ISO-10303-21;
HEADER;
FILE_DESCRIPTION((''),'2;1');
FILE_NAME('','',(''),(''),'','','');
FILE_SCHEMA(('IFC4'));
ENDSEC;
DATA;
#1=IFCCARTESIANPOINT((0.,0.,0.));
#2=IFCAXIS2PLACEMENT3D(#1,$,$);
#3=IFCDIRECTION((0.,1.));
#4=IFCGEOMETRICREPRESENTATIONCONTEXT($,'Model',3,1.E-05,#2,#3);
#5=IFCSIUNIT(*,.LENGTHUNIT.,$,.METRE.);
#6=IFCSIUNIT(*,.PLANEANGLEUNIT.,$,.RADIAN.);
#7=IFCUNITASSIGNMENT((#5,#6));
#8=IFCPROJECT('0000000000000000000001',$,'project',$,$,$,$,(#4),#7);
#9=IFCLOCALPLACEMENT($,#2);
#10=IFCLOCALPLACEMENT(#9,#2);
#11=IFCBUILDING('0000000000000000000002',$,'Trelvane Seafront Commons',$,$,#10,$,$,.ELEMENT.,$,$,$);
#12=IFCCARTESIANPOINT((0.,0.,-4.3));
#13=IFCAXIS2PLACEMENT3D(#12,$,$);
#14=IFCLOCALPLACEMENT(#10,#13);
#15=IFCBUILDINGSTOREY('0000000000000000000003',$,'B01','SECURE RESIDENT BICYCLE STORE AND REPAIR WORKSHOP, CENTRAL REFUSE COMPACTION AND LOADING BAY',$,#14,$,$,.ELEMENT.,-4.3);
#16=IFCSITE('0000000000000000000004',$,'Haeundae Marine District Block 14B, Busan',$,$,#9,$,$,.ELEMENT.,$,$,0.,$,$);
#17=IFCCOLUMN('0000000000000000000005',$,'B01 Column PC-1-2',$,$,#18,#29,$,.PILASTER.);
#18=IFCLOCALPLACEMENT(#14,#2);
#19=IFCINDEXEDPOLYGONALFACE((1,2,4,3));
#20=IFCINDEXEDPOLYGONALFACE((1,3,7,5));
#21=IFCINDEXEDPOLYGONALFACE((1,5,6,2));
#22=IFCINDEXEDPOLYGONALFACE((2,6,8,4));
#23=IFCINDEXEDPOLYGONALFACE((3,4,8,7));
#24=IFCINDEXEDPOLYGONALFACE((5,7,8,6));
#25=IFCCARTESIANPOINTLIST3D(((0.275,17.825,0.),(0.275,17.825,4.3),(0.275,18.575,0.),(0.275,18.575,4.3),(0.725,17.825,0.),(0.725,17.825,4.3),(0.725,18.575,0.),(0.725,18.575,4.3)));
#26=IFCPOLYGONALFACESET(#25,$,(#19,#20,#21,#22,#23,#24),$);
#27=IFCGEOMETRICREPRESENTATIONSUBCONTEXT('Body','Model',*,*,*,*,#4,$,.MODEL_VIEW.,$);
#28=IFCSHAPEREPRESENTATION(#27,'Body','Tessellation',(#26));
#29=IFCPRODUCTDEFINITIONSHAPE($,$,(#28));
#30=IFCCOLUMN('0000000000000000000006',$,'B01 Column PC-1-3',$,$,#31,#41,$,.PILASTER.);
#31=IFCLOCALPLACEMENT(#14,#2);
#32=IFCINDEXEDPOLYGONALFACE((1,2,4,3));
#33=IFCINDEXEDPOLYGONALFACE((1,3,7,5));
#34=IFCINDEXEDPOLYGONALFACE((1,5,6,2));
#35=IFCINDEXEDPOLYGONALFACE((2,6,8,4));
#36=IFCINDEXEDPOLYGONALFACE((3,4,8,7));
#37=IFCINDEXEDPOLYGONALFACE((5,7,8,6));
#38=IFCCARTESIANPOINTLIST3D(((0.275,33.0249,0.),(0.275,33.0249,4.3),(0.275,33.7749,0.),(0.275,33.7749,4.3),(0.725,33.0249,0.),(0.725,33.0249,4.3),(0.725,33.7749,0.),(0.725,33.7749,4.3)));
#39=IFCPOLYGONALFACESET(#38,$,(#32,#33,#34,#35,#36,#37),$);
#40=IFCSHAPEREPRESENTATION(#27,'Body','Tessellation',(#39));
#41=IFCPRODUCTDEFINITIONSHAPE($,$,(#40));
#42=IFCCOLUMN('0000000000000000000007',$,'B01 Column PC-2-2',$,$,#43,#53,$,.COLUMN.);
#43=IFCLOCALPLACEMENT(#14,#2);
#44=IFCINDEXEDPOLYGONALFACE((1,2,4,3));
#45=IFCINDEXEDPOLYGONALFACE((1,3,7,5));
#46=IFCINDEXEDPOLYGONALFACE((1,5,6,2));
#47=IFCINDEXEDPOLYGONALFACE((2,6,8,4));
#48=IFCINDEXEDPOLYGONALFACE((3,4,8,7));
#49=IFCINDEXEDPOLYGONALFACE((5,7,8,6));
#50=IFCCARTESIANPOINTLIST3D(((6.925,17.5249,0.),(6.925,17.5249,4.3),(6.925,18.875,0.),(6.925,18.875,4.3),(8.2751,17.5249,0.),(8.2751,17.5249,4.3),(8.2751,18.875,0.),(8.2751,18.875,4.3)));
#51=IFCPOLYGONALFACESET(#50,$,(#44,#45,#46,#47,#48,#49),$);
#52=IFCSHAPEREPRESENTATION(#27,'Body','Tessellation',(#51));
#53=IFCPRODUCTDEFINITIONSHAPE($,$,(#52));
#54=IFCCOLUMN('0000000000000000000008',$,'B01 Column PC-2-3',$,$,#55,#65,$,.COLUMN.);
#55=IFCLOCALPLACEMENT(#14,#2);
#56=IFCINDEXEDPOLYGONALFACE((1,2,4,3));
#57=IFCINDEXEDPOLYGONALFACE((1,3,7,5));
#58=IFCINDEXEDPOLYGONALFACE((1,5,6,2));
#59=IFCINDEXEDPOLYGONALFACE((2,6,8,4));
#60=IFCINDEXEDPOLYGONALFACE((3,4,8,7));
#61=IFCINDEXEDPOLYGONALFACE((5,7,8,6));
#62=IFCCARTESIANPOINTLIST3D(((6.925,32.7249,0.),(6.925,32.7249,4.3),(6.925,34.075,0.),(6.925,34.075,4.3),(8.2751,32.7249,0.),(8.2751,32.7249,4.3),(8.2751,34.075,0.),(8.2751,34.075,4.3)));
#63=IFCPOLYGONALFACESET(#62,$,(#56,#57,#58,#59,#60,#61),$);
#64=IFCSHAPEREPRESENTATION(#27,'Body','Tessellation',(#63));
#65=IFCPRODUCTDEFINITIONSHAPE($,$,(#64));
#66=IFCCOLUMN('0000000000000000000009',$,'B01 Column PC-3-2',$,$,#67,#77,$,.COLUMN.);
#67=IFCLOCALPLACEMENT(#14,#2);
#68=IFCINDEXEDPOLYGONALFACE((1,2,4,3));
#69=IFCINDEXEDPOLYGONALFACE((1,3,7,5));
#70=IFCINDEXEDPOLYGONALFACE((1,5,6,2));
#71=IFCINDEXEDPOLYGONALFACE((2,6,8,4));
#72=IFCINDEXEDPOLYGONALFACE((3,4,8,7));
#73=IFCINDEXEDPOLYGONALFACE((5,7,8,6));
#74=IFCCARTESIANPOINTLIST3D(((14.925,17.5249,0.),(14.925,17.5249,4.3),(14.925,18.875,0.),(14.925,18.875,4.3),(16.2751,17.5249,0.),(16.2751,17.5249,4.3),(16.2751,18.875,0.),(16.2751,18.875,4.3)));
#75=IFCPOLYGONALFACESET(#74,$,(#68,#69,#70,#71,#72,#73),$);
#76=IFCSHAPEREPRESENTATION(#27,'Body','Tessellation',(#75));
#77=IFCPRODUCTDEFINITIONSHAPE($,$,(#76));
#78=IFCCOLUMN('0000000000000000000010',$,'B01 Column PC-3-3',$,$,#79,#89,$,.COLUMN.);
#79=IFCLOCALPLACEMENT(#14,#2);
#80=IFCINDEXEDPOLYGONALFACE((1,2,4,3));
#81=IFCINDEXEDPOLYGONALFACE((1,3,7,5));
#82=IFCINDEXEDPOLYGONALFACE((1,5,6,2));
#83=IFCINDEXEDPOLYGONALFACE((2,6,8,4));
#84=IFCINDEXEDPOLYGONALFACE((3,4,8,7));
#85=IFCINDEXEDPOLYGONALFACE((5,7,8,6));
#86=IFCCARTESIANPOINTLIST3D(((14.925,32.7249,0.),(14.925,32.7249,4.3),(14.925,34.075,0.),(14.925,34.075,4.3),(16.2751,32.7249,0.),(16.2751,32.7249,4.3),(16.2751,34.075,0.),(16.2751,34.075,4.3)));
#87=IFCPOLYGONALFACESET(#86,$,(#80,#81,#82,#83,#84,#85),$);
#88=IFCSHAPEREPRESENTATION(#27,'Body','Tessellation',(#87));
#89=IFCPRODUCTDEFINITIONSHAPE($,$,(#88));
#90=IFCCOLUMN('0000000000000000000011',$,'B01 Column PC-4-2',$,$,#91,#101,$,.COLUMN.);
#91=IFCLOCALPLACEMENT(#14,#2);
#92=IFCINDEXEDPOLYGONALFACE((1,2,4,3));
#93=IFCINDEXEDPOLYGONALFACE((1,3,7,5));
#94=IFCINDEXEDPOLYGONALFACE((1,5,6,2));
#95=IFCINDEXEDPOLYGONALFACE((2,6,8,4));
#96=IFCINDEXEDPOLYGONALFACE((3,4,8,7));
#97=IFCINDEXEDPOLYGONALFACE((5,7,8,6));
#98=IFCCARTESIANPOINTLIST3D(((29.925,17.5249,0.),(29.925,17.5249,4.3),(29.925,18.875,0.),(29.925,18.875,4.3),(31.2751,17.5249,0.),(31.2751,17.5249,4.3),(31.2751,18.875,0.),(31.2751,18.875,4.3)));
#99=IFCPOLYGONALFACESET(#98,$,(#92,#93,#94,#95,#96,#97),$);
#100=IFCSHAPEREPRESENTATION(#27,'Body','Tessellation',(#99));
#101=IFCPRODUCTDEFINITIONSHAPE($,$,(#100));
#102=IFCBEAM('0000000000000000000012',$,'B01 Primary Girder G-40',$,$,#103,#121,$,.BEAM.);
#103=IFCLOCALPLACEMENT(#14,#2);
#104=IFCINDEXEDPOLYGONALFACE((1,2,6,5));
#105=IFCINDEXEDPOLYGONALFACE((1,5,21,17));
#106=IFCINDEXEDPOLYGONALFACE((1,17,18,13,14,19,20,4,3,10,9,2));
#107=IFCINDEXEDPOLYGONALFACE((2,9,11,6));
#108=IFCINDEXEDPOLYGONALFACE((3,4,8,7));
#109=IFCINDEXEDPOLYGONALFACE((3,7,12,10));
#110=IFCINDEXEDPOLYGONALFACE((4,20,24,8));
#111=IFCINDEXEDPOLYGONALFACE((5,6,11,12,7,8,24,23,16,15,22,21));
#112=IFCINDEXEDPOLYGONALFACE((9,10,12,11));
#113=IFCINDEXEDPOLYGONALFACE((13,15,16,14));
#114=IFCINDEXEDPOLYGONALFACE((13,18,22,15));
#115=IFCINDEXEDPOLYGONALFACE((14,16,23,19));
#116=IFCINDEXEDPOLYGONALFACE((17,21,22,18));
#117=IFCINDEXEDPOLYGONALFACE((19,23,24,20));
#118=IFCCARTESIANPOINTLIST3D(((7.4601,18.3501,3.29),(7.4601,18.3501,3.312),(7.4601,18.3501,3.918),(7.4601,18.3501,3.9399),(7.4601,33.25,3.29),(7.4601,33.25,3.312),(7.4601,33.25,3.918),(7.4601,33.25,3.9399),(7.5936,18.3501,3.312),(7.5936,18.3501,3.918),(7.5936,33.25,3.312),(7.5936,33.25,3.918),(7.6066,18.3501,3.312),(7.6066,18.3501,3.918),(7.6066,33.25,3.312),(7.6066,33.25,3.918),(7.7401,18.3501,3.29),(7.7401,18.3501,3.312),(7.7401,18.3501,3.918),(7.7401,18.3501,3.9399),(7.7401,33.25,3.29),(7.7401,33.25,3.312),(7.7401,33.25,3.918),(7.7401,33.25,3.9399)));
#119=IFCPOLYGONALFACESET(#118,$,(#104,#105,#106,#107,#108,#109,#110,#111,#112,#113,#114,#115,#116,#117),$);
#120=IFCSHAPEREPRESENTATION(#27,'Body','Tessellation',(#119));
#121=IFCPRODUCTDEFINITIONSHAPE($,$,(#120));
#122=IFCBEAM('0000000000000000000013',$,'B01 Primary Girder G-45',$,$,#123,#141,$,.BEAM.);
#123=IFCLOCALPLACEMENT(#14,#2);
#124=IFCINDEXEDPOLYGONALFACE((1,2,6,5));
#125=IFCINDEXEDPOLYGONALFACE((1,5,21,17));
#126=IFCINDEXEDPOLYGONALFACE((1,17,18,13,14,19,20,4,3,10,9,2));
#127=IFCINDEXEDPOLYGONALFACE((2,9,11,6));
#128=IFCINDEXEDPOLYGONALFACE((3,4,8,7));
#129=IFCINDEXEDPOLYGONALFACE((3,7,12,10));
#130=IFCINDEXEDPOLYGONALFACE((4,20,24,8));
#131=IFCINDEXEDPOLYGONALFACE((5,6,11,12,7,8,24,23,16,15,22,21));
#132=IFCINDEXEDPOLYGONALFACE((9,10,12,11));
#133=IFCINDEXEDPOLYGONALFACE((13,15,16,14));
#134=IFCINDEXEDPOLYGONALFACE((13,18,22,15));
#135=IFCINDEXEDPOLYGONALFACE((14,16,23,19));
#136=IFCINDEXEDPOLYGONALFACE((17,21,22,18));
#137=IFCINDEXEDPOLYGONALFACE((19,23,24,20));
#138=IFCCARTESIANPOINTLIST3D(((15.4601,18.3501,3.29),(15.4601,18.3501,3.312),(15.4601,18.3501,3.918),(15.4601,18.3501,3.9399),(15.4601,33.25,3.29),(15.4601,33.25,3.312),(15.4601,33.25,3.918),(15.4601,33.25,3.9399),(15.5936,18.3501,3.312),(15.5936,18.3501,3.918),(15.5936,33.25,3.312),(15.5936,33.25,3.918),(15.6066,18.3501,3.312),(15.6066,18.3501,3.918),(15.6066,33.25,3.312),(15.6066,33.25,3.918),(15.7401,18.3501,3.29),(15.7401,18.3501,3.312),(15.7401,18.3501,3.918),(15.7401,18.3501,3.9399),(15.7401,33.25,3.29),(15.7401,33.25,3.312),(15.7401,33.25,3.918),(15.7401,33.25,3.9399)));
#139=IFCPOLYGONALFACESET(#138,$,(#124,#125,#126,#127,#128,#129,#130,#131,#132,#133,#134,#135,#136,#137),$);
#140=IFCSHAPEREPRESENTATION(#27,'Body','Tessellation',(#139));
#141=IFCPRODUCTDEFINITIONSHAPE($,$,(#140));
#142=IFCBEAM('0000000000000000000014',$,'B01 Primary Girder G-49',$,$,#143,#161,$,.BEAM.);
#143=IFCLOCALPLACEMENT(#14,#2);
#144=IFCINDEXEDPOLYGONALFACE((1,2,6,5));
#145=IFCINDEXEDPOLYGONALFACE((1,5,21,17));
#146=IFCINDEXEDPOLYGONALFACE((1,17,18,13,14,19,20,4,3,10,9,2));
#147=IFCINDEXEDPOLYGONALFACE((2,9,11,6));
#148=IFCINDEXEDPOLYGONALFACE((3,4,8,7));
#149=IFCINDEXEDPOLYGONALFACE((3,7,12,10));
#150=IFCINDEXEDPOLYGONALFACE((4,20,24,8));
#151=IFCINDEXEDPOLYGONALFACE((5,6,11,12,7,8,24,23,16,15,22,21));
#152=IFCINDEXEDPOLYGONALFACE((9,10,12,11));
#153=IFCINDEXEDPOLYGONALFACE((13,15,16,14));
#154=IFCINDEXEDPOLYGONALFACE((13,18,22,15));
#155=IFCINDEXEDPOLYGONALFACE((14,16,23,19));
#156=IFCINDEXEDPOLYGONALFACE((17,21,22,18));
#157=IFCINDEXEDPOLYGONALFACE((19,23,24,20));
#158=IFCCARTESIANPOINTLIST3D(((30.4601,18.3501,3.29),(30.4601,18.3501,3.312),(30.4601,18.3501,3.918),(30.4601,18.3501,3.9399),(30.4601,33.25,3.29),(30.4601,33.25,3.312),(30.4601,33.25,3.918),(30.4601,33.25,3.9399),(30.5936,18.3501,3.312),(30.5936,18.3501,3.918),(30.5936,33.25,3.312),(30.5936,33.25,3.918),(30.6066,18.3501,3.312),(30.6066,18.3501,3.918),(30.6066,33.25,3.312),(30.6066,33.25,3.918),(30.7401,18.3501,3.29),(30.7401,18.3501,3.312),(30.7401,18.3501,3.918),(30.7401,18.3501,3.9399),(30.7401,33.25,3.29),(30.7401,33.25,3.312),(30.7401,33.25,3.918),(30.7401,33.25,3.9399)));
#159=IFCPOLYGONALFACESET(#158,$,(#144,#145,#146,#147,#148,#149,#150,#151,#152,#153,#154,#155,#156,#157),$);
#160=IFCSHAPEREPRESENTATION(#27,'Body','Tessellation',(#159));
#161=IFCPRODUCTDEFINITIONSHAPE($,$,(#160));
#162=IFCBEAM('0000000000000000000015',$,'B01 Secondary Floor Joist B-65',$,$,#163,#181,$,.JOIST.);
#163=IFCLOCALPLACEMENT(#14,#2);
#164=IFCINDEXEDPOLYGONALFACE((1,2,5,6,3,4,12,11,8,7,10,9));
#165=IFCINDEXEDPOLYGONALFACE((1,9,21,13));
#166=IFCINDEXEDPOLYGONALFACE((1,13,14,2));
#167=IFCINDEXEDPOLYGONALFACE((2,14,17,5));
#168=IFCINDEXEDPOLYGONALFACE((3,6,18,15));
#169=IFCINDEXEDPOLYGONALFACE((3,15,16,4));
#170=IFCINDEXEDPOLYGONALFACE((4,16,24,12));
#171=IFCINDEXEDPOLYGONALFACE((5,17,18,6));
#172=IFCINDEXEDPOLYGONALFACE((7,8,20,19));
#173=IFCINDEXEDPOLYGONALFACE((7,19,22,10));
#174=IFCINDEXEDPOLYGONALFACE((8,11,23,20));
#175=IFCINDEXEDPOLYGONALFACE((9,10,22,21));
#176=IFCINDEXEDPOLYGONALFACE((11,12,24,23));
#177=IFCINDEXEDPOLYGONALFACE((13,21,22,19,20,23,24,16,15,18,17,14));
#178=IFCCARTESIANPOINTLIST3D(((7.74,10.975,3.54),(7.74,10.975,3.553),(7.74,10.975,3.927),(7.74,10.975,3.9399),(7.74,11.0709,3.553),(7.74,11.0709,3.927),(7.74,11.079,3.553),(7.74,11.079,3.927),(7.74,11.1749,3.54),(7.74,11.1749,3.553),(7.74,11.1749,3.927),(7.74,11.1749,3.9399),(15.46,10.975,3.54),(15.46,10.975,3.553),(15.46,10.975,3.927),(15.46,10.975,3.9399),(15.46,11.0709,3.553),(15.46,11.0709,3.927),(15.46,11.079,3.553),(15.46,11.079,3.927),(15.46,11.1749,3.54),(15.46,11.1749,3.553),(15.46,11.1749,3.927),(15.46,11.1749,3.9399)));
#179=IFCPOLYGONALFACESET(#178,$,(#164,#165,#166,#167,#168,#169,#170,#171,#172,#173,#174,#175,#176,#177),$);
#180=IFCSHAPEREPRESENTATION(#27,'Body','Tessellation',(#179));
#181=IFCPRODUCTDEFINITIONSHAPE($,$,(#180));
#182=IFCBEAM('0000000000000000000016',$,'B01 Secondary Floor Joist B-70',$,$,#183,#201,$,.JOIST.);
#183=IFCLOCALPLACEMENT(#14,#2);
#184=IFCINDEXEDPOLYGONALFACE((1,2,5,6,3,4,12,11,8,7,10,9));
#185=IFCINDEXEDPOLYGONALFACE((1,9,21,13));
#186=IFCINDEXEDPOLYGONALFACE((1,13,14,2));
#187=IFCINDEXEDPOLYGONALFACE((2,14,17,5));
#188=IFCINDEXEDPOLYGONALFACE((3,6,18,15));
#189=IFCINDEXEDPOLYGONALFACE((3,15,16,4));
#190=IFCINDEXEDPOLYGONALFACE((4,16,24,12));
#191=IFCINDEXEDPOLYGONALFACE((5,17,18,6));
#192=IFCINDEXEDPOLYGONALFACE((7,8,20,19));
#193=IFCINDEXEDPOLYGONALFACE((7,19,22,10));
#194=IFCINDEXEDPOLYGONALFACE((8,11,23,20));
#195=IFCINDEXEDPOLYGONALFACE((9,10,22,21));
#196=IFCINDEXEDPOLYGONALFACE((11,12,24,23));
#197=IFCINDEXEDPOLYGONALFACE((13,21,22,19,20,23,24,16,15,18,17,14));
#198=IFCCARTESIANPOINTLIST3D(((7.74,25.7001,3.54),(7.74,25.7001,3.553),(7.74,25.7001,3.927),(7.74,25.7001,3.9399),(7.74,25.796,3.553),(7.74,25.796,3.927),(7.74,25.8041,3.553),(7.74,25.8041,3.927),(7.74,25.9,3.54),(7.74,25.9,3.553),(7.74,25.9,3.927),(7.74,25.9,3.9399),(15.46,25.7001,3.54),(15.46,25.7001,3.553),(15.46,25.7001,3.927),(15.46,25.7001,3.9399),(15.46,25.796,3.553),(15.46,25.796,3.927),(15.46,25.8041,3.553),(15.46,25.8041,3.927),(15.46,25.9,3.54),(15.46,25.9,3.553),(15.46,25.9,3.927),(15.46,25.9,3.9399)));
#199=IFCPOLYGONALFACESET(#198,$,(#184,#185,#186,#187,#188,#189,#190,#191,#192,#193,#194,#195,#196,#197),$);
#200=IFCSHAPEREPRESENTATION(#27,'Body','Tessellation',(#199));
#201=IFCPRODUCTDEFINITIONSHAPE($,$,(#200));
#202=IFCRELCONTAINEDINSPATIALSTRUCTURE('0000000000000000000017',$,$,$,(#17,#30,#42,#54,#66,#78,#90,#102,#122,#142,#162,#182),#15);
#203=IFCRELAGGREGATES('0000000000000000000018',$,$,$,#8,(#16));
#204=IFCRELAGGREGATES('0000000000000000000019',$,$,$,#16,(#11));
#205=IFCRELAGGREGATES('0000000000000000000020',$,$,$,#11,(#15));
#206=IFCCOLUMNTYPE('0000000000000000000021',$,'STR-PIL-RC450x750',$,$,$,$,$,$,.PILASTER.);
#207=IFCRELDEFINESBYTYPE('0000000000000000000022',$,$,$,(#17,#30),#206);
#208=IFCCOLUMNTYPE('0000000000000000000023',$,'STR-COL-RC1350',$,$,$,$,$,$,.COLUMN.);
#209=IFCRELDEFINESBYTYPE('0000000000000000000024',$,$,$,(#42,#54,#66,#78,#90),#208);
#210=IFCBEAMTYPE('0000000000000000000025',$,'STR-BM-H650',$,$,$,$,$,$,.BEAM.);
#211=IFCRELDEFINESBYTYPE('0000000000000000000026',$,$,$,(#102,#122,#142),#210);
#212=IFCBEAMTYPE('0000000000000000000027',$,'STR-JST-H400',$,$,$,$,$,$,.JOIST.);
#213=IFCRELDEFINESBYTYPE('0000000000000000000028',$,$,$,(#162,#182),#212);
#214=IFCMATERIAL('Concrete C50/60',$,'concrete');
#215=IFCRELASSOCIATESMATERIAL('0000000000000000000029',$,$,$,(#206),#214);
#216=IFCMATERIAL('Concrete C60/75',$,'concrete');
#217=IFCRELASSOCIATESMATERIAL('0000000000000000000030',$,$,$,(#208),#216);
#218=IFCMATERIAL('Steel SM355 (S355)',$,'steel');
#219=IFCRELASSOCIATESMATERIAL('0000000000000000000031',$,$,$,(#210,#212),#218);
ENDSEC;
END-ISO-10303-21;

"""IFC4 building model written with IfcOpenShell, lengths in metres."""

from ifc_helpers import new_model, si_unit, direction, frame, origin, origin_2d, place, context, subcontext, project, spatial, rectangle, i_section, extrude, source, transform, mapped, material, material_profile, profile_set, type_object, element, save


model = new_model("IFC4")

# Units and contexts
model_context = context("Model", 3, precision=1e-05, world=origin(), true_north=direction((0.0, 1.0)))
body_context = subcontext(model_context, "Body", "Model", "MODEL_VIEW")
ifc_project = project(units=[si_unit("LENGTHUNIT", "METRE"), si_unit("PLANEANGLEUNIT", "RADIAN")], contexts=[model_context])

# Site, building, storey
site_placement = place(None, origin())
site = spatial("IfcSite", under=ifc_project, at=site_placement, Name="Haeundae Marine District Block 14B, Busan", CompositionType="ELEMENT", RefElevation=0.0)
building_placement = place(site_placement, origin())
building = spatial("IfcBuilding", under=site, at=building_placement, Name="Trelvane Seafront Commons", CompositionType="ELEMENT")
storey_placement = place(building_placement, frame((0.0, 0.0, -4.3)))
storey = spatial("IfcBuildingStorey", under=building, at=storey_placement, Name="B01", Description="SECURE RESIDENT BICYCLE STORE AND REPAIR WORKSHOP, CENTRAL REFUSE COMPACTION AND LOADING BAY", CompositionType="ELEMENT", Elevation=-4.3)

# Columns
ifc_material_1 = material(Name="Concrete C50/60", Category="concrete")
ifc_material_profile_1 = material_profile(ifc_material_1, rectangle(XDim=0.45, YDim=0.75, at=origin_2d()), Name="RC-450x750")
ifc_profile_set_1 = profile_set([ifc_material_profile_1], Name="Concrete C50/60")
column_type_1 = type_object("IfcColumnType", Name="STR-PIL-RC450x750", PredefinedType="PILASTER", material=ifc_profile_set_1)
shared_shape_1 = source(origin(), body_context, "Body", "SweptSolid", [
    extrude(rectangle(XDim=0.45, YDim=0.75, at=origin_2d()), origin(), (0.0, 0.0, 1.0), 4.3),
])
for number, where, z_axis, x_axis, name in (
    (1, (0.5, 18.2, 0.0), (0.0, 0.0, 1.0), (1.0, 0.0, 0.0), "B01 Column PC-1-2"),
    (2, (0.5, 33.3999, 0.0), (0.0, 0.0, 1.0), (1.0, 0.0, 0.0), "B01 Column PC-1-3"),
):
    element("IfcColumn", number, at=place(storey_placement, frame(where, z_axis=z_axis, x_axis=x_axis)), inside=storey, type_object=column_type_1, Name=name, PredefinedType="PILASTER", context=body_context, shape_type="MappedRepresentation", body=[
        mapped(shared_shape_1, transform((0.0, 0.0, 0.0), x_axis=(1.0, 0.0, 0.0), y_axis=(0.0, 1.0, 0.0), z_axis=(0.0, 0.0, 1.0), scale=1.0)),
    ])
ifc_material_2 = material(Name="Concrete C60/75", Category="concrete")
ifc_material_profile_2 = material_profile(ifc_material_2, rectangle(XDim=1.3501, YDim=1.3501, at=origin_2d()), Name="RC-1350x1350")
ifc_profile_set_2 = profile_set([ifc_material_profile_2], Name="Concrete C60/75")
column_type_2 = type_object("IfcColumnType", Name="STR-COL-RC1350", PredefinedType="COLUMN", material=ifc_profile_set_2)
shared_shape_2 = source(origin(), body_context, "Body", "SweptSolid", [
    extrude(rectangle(XDim=1.3501, YDim=1.3501, at=origin_2d()), origin(), (0.0, 0.0, 1.0), 4.3),
])
for number, where, z_axis, x_axis, name in (
    (3, (7.6001, 18.2, 0.0), (0.0, 0.0, 1.0), (1.0, 0.0, 0.0), "B01 Column PC-2-2"),
    (4, (7.6001, 33.3999, 0.0), (0.0, 0.0, 1.0), (1.0, 0.0, 0.0), "B01 Column PC-2-3"),
    (5, (15.6001, 18.2, 0.0), (0.0, 0.0, 1.0), (1.0, 0.0, 0.0), "B01 Column PC-3-2"),
    (6, (15.6001, 33.3999, 0.0), (0.0, 0.0, 1.0), (1.0, 0.0, 0.0), "B01 Column PC-3-3"),
    (7, (30.6001, 18.2, 0.0), (0.0, 0.0, 1.0), (1.0, 0.0, 0.0), "B01 Column PC-4-2"),
):
    element("IfcColumn", number, at=place(storey_placement, frame(where, z_axis=z_axis, x_axis=x_axis)), inside=storey, type_object=column_type_2, Name=name, PredefinedType="COLUMN", context=body_context, shape_type="MappedRepresentation", body=[
        mapped(shared_shape_2, transform((0.0, 0.0, 0.0), x_axis=(1.0, 0.0, 0.0), y_axis=(0.0, 1.0, 0.0), z_axis=(0.0, 0.0, 1.0), scale=1.0)),
    ])

# Beams
ifc_material_3 = material(Name="Steel SM355 (S355)", Category="steel")
ifc_material_profile_3 = material_profile(ifc_material_3, i_section(OverallWidth=0.28, OverallDepth=0.6499, WebThickness=0.0129, FlangeThickness=0.022, at=origin_2d()), Name="H-650x280x13x22")
ifc_profile_set_3 = profile_set([ifc_material_profile_3], Name="Steel SM355 (S355)")
beam_type_1 = type_object("IfcBeamType", Name="STR-BM-H650", PredefinedType="BEAM", material=ifc_profile_set_3)
shared_shape_3 = source(origin(), body_context, "Body", "SweptSolid", [
    extrude(i_section(OverallWidth=0.28, OverallDepth=0.6499, WebThickness=0.0129, FlangeThickness=0.022, at=origin_2d()), origin(), (0.0, 0.0, 1.0), 14.8999),
])
for number, where, z_axis, x_axis, name in (
    (8, (7.6001, 18.3501, 3.615), (0.0, 1.0, 0.0), (-1.0, 0.0, 0.0), "B01 Primary Girder G-40"),
    (9, (15.6001, 18.3501, 3.615), (0.0, 1.0, 0.0), (-1.0, 0.0, 0.0), "B01 Primary Girder G-45"),
    (10, (30.6001, 18.3501, 3.615), (0.0, 1.0, 0.0), (-1.0, 0.0, 0.0), "B01 Primary Girder G-49"),
):
    element("IfcBeam", number, at=place(storey_placement, frame(where, z_axis=z_axis, x_axis=x_axis)), inside=storey, type_object=beam_type_1, Name=name, PredefinedType="BEAM", context=body_context, shape_type="MappedRepresentation", body=[
        mapped(shared_shape_3, transform((0.0, 0.0, 0.0), x_axis=(1.0, 0.0, 0.0), y_axis=(0.0, 1.0, 0.0), z_axis=(0.0, 0.0, 1.0), scale=1.0)),
    ])
ifc_material_profile_4 = material_profile(ifc_material_3, i_section(OverallWidth=0.2, OverallDepth=0.3999, WebThickness=0.0081, FlangeThickness=0.0129, at=origin_2d()), Name="H-400x200x8x13")
ifc_profile_set_4 = profile_set([ifc_material_profile_4], Name="Steel SM355 (S355)")
beam_type_2 = type_object("IfcBeamType", Name="STR-JST-H400", PredefinedType="JOIST", material=ifc_profile_set_4)
shared_shape_4 = source(origin(), body_context, "Body", "SweptSolid", [
    extrude(i_section(OverallWidth=0.2, OverallDepth=0.3999, WebThickness=0.0081, FlangeThickness=0.0129, at=origin_2d()), origin(), (0.0, 0.0, 1.0), 7.72),
])
for number, where, z_axis, x_axis, name in (
    (11, (7.74, 11.075, 3.74), (1.0, 0.0, 0.0), (0.0, 1.0, 0.0), "B01 Secondary Floor Joist B-65"),
    (12, (7.74, 25.8, 3.74), (1.0, 0.0, 0.0), (0.0, 1.0, 0.0), "B01 Secondary Floor Joist B-70"),
):
    element("IfcBeam", number, at=place(storey_placement, frame(where, z_axis=z_axis, x_axis=x_axis)), inside=storey, type_object=beam_type_2, Name=name, PredefinedType="JOIST", context=body_context, shape_type="MappedRepresentation", body=[
        mapped(shared_shape_4, transform((0.0, 0.0, 0.0), x_axis=(1.0, 0.0, 0.0), y_axis=(0.0, 1.0, 0.0), z_axis=(0.0, 0.0, 1.0), scale=1.0)),
    ])

save(model, "model.ifc")
